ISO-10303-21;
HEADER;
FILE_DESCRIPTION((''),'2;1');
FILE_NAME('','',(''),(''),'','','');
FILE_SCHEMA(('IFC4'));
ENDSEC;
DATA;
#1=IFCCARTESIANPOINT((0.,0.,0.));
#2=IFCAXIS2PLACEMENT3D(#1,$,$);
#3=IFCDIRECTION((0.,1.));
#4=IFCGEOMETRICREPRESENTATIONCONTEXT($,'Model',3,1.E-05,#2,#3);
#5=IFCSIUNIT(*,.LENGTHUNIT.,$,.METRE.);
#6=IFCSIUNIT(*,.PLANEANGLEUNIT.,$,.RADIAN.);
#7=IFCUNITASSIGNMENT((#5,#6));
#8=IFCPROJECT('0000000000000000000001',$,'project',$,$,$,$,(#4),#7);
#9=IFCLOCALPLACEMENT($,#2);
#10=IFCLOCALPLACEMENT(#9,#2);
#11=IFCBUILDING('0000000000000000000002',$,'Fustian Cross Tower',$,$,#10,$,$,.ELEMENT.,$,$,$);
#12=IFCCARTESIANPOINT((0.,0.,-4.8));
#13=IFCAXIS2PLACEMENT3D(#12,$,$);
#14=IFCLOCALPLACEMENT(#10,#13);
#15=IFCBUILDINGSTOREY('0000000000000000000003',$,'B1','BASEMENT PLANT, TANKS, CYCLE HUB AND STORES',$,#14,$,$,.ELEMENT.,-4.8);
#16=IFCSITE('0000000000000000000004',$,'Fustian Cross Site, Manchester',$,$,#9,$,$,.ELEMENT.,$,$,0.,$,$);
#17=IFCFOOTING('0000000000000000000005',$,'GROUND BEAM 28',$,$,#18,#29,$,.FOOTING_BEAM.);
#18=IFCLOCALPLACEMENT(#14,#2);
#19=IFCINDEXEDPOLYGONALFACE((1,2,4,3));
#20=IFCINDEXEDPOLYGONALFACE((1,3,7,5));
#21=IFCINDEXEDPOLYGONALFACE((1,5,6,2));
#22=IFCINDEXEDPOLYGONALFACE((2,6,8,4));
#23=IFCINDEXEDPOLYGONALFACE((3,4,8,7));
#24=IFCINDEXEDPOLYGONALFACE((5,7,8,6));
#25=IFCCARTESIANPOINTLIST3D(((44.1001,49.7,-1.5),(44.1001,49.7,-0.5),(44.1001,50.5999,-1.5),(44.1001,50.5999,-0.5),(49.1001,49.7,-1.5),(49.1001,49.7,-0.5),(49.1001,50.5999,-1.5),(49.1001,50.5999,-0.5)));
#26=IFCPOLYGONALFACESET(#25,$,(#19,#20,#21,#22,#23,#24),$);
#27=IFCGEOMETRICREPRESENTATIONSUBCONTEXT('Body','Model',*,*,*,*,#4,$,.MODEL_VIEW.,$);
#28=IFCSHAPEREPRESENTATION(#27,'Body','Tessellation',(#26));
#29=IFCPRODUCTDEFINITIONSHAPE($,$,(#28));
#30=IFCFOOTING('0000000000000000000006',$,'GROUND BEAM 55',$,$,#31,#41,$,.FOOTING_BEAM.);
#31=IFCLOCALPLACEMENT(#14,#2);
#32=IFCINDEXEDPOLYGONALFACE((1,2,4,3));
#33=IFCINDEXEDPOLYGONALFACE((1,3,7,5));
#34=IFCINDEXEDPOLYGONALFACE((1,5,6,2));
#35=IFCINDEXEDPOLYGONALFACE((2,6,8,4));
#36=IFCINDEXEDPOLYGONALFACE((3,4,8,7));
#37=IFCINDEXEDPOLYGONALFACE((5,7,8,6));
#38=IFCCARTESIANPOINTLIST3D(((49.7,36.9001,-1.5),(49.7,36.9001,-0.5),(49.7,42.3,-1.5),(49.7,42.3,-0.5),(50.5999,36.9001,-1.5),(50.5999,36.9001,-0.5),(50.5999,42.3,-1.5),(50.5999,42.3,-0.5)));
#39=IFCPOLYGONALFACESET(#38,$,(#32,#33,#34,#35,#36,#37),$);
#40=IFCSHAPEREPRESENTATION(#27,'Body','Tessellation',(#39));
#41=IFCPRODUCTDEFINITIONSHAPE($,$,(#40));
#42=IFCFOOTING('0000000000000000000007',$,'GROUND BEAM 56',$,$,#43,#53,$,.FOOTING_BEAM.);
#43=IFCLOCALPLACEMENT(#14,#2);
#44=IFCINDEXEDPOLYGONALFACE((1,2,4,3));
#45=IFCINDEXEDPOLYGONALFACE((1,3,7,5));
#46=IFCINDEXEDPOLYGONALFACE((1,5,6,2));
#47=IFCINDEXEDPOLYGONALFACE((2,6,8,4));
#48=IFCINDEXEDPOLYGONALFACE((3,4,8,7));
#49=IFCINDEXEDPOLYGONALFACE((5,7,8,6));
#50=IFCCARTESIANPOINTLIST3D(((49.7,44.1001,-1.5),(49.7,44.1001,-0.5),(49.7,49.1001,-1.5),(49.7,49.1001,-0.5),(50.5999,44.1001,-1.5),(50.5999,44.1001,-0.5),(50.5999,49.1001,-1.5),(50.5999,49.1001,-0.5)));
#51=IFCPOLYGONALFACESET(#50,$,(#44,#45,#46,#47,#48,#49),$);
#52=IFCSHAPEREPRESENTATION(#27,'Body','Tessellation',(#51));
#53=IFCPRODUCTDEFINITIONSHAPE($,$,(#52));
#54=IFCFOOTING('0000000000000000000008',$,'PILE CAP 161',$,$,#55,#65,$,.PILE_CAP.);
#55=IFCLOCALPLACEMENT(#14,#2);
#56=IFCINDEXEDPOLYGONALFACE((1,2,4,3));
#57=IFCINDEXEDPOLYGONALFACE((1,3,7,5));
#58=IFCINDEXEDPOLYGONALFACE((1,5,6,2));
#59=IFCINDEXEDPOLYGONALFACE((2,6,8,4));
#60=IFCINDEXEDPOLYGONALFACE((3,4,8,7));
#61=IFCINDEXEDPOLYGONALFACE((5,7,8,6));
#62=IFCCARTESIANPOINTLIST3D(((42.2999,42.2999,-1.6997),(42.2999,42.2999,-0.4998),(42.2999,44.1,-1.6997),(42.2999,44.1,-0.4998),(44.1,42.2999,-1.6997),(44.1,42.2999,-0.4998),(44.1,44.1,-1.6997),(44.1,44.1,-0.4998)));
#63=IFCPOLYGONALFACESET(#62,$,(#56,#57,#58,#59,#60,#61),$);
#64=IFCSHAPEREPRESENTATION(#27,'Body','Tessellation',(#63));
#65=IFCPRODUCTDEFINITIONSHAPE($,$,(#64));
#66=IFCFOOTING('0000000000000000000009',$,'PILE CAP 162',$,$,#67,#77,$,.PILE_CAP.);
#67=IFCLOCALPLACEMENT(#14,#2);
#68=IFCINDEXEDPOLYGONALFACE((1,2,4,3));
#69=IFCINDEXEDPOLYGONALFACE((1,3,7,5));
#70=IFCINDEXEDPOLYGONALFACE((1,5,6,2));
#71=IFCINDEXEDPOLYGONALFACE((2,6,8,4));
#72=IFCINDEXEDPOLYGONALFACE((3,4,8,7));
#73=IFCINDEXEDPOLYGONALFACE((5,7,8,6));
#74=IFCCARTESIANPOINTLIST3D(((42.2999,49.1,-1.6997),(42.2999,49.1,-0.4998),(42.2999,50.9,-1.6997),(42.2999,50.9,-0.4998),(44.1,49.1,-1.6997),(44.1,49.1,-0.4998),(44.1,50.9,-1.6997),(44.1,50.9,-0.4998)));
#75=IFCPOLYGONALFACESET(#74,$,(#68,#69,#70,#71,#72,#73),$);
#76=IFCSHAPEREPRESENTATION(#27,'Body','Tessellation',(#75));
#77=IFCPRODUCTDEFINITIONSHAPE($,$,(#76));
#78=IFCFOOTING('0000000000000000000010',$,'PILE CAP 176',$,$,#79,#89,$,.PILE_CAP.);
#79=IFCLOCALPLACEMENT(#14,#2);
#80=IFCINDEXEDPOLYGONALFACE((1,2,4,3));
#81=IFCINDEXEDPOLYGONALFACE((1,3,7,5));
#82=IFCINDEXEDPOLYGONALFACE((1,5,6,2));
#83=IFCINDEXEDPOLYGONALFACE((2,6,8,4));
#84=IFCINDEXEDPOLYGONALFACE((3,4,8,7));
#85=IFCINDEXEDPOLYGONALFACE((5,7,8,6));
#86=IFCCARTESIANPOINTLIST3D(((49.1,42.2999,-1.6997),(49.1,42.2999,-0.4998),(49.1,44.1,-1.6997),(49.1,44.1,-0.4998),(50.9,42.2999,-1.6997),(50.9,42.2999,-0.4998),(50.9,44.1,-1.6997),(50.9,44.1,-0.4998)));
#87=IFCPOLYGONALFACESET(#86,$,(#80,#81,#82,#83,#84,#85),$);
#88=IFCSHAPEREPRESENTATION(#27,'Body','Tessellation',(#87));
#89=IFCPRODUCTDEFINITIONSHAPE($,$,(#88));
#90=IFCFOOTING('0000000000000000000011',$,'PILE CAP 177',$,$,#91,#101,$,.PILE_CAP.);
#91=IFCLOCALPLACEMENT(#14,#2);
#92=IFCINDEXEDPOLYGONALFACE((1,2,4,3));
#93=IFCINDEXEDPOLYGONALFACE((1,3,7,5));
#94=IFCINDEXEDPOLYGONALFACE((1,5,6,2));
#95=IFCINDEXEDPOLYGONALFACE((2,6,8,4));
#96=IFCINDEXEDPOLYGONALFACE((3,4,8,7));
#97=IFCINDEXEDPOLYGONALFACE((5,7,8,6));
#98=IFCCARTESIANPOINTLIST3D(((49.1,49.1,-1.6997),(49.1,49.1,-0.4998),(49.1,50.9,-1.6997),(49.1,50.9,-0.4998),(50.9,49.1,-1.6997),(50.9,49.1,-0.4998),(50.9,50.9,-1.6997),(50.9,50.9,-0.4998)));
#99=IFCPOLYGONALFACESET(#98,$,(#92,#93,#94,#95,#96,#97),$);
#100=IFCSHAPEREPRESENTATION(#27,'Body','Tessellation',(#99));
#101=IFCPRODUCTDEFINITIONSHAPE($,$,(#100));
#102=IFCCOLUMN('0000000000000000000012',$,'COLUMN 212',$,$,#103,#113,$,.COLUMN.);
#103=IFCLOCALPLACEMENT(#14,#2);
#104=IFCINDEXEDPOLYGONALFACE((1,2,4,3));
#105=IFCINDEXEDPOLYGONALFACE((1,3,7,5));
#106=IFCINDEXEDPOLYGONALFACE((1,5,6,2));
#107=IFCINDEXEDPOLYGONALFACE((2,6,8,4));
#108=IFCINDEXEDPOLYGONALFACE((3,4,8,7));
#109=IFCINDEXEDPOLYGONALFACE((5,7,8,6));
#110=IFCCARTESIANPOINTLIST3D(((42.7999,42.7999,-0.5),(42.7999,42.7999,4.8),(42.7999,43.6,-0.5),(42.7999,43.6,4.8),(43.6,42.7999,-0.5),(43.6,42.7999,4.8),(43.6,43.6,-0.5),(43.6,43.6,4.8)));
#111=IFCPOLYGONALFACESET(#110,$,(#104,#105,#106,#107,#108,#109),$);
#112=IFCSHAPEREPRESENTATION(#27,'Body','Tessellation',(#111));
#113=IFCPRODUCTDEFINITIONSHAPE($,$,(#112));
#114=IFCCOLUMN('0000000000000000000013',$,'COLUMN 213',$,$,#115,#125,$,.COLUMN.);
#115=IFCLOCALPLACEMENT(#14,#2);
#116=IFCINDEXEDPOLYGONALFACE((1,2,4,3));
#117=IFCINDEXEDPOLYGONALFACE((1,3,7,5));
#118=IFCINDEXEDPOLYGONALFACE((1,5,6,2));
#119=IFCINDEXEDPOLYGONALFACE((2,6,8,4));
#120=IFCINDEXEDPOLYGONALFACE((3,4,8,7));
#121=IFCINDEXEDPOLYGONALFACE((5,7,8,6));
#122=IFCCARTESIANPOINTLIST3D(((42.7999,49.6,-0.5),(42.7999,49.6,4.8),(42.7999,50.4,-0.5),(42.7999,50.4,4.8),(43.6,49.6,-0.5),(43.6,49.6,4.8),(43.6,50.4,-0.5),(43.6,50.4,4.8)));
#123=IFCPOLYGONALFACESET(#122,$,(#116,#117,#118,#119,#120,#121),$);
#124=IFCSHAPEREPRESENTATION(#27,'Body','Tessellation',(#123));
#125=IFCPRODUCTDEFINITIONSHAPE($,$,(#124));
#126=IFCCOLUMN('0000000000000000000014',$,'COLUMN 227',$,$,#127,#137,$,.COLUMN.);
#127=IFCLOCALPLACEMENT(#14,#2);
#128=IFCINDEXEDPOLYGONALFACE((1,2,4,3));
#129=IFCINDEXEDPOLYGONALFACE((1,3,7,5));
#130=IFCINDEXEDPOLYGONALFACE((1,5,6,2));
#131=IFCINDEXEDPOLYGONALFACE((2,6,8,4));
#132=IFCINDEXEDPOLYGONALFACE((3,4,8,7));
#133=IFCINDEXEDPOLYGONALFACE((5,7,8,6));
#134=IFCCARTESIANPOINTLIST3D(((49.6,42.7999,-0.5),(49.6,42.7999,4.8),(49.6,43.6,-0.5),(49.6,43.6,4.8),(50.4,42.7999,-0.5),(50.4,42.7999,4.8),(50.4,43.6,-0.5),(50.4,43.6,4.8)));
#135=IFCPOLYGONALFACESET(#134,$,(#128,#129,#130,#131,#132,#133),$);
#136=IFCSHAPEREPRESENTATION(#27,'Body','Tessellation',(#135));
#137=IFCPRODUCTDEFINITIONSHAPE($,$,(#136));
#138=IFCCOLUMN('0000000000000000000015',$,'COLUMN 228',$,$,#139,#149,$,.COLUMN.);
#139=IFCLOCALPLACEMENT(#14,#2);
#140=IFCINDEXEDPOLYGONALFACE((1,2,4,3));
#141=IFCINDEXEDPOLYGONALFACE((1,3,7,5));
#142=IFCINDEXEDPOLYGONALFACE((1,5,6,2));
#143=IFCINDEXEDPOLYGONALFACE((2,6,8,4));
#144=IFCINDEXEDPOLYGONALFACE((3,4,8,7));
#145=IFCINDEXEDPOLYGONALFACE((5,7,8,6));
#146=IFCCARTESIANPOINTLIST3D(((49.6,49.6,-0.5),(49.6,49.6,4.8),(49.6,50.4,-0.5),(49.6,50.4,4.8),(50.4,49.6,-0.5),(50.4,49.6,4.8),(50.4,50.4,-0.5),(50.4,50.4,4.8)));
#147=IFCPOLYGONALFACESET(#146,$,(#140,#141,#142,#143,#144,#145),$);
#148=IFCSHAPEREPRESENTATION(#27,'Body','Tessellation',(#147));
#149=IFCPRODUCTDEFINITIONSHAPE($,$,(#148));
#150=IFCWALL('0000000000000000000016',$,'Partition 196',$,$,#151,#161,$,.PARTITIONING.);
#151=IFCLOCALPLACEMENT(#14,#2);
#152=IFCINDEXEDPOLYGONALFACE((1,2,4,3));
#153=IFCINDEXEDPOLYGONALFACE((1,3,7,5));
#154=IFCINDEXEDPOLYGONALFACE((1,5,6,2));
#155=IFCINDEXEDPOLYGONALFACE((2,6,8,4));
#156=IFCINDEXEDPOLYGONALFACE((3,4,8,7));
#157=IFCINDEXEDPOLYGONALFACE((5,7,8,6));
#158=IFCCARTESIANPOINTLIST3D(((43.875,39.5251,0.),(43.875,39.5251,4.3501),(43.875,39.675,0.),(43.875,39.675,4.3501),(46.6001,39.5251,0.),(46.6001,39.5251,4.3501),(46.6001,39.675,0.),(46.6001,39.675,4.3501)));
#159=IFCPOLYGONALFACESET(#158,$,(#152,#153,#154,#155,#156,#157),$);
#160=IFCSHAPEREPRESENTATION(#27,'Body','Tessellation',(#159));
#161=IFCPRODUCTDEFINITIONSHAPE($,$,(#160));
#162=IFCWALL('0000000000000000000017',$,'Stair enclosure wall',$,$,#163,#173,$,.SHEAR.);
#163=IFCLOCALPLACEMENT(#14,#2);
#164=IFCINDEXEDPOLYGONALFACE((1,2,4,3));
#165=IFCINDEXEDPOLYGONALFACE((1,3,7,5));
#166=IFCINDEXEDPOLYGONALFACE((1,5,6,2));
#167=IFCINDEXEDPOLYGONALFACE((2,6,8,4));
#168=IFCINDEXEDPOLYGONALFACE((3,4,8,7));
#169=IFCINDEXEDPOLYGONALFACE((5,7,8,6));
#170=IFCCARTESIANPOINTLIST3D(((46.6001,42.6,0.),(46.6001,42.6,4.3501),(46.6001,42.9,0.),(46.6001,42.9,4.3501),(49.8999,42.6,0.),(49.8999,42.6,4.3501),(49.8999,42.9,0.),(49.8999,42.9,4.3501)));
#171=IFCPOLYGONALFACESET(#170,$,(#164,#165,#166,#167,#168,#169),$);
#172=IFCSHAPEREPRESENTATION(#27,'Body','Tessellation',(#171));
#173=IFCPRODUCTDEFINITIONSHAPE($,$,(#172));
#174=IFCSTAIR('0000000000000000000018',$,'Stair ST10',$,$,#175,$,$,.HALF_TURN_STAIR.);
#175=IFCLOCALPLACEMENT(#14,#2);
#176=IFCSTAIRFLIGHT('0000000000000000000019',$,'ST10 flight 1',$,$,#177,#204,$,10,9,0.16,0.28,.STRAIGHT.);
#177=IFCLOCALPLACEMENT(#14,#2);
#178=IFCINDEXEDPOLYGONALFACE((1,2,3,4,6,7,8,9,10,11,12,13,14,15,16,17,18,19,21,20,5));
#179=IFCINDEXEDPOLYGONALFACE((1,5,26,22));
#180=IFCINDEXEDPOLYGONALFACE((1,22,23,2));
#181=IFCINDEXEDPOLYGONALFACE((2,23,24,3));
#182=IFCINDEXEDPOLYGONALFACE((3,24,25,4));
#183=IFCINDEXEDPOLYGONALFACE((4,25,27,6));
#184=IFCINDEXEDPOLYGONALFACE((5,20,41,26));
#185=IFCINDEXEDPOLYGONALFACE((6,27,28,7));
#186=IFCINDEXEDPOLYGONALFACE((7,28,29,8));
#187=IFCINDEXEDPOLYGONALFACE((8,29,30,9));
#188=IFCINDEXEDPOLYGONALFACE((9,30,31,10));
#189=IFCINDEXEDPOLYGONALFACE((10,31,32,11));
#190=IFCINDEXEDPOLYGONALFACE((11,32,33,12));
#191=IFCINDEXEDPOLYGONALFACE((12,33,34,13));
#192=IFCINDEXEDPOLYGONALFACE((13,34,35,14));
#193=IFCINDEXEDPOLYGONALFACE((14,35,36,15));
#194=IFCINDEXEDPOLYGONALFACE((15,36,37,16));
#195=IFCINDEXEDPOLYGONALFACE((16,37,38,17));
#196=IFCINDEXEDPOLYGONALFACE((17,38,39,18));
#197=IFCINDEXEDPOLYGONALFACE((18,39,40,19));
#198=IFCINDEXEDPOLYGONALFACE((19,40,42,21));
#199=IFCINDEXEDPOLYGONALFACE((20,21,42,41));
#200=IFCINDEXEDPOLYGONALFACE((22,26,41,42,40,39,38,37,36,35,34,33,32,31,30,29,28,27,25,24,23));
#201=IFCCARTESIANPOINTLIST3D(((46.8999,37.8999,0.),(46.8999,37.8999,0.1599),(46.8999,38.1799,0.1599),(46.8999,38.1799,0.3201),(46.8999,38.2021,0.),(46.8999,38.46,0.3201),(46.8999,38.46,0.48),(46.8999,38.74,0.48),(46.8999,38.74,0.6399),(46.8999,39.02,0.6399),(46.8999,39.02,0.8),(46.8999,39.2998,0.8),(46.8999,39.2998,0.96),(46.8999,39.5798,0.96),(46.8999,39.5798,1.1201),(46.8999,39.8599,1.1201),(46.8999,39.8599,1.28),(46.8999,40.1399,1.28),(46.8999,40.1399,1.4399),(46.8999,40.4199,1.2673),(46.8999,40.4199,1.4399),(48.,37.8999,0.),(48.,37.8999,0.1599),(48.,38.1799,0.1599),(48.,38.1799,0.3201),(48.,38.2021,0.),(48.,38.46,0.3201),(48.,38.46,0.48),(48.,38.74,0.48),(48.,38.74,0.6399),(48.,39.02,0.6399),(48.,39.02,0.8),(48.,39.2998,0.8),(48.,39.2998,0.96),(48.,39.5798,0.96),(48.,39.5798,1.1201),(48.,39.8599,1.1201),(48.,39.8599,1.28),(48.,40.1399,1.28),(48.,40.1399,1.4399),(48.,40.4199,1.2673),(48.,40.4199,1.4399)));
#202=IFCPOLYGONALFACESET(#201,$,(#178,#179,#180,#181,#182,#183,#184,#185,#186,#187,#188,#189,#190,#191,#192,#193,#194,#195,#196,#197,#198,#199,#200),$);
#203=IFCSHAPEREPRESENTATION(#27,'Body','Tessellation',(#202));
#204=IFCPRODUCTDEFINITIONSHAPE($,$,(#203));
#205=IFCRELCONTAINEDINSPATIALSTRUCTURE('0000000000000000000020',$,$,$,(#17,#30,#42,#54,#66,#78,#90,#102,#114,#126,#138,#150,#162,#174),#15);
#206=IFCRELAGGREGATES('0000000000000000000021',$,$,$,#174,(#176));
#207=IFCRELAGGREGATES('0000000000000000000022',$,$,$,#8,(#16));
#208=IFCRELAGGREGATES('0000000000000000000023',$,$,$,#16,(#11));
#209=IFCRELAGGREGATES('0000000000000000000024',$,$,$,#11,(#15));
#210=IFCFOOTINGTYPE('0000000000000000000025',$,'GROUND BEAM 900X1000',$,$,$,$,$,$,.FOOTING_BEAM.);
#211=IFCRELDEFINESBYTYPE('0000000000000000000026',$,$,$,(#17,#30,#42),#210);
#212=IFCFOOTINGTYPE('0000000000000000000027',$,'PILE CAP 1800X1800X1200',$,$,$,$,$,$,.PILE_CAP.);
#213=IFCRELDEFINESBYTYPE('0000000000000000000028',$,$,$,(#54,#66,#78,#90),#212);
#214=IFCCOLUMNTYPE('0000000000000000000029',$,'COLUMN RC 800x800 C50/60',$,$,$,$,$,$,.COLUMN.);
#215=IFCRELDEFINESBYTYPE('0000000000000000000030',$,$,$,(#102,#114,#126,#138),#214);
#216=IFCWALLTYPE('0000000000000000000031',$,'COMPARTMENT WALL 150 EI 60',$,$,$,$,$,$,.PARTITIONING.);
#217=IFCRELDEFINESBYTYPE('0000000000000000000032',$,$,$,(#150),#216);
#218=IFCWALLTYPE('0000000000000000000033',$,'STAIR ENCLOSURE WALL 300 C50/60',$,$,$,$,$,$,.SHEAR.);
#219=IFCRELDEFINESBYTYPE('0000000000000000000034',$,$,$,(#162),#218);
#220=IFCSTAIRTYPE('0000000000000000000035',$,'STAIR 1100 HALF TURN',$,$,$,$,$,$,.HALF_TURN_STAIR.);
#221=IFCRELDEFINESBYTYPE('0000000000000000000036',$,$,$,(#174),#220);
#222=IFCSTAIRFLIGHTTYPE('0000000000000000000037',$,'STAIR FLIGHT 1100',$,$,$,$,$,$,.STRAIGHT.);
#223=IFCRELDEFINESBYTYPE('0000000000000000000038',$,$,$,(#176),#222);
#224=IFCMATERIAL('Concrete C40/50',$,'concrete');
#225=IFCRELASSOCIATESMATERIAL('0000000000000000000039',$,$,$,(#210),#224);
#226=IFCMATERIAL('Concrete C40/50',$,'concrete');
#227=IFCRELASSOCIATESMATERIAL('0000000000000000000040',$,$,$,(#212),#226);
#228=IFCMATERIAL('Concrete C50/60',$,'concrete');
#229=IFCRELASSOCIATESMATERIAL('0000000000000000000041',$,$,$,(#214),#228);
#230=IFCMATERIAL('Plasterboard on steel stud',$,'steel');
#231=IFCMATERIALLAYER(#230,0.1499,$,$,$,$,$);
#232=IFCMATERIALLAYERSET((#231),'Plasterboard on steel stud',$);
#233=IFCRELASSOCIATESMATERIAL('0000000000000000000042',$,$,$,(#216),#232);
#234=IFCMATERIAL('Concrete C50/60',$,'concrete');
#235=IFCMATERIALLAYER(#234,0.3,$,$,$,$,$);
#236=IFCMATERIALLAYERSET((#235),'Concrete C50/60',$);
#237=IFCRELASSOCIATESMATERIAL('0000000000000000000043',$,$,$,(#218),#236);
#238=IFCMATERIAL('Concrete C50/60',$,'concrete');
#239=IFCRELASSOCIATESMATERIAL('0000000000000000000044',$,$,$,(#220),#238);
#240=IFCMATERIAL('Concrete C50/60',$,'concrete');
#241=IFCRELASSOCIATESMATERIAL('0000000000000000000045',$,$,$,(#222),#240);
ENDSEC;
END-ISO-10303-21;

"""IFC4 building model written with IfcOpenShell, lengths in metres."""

from ifc_helpers import new_model, si_unit, direction, frame, frame_2d, origin, origin_2d, place, context, subcontext, project, spatial, polyline, rectangle, outline, extrude, material, layer, layer_set, material_profile, profile_set, type_object, element, aggregate, save


model = new_model("IFC4")

# Units and contexts
model_context = context("Model", 3, precision=1e-05, world=origin(), true_north=direction((0.0, 1.0)))
body_context = subcontext(model_context, "Body", "Model", "MODEL_VIEW")
ifc_project = project(units=[si_unit("LENGTHUNIT", "METRE"), si_unit("PLANEANGLEUNIT", "RADIAN")], contexts=[model_context])

# Site, building, storey
site_placement = place(None, origin())
site = spatial("IfcSite", under=ifc_project, at=site_placement, Name="Fustian Cross Site, Manchester", CompositionType="ELEMENT", RefElevation=0.0)
building_placement = place(site_placement, origin())
building = spatial("IfcBuilding", under=site, at=building_placement, Name="Fustian Cross Tower", CompositionType="ELEMENT")
storey_placement = place(building_placement, frame((0.0, 0.0, -4.8)))
storey = spatial("IfcBuildingStorey", under=building, at=storey_placement, Name="B1", Description="BASEMENT PLANT, TANKS, CYCLE HUB AND STORES", CompositionType="ELEMENT", Elevation=-4.8)

# Footings
ifc_material_1 = material(Name="Concrete C40/50", Category="concrete")
footing_type_1 = type_object("IfcFootingType", Name="GROUND BEAM 900X1000", PredefinedType="FOOTING_BEAM", material=ifc_material_1)
footing_1_placement = place(storey_placement, frame((46.6001, 50.1499, -1.5), z_axis=(0.0, 0.0, 1.0), x_axis=(1.0, 0.0, 0.0)))
element("IfcFooting", 1, at=footing_1_placement, inside=storey, type_object=footing_type_1, Name="GROUND BEAM 28", PredefinedType="FOOTING_BEAM", context=body_context, shape_type="SweptSolid", body=[
    extrude(rectangle(XDim=5.0, YDim=0.8999, at=origin_2d()), origin(), (0.0, 0.0, 1.0), 1.0),
])
footing_2_placement = place(storey_placement, frame((50.1499, 39.6001, -1.5), z_axis=(0.0, 0.0, 1.0), x_axis=(1.0, 0.0, 0.0)))
element("IfcFooting", 2, at=footing_2_placement, inside=storey, type_object=footing_type_1, Name="GROUND BEAM 55", PredefinedType="FOOTING_BEAM", context=body_context, shape_type="SweptSolid", body=[
    extrude(rectangle(XDim=0.8999, YDim=5.3999, at=origin_2d()), origin(), (0.0, 0.0, 1.0), 1.0),
])
footing_3_placement = place(storey_placement, frame((50.1499, 46.6001, -1.5), z_axis=(0.0, 0.0, 1.0), x_axis=(1.0, 0.0, 0.0)))
element("IfcFooting", 3, at=footing_3_placement, inside=storey, type_object=footing_type_1, Name="GROUND BEAM 56", PredefinedType="FOOTING_BEAM", context=body_context, shape_type="SweptSolid", body=[
    extrude(rectangle(XDim=0.8999, YDim=5.0, at=origin_2d()), origin(), (0.0, 0.0, 1.0), 1.0),
])
ifc_material_2 = material(Name="Concrete C40/50", Category="concrete")
footing_type_2 = type_object("IfcFootingType", Name="PILE CAP 1800X1800X1200", PredefinedType="PILE_CAP", material=ifc_material_2)
for number, where, z_axis, x_axis, name in (
    (4, (43.2, 43.2, -1.6997), (0.0, 0.0, 1.0), (1.0, 0.0, 0.0), "PILE CAP 161"),
    (5, (43.2, 50.0, -1.6997), (0.0, 0.0, 1.0), (1.0, 0.0, 0.0), "PILE CAP 162"),
    (6, (50.0, 43.2, -1.6997), (0.0, 0.0, 1.0), (1.0, 0.0, 0.0), "PILE CAP 176"),
    (7, (50.0, 50.0, -1.6997), (0.0, 0.0, 1.0), (1.0, 0.0, 0.0), "PILE CAP 177"),
):
    element("IfcFooting", number, at=place(storey_placement, frame(where, z_axis=z_axis, x_axis=x_axis)), inside=storey, type_object=footing_type_2, Name=name, PredefinedType="PILE_CAP", context=body_context, shape_type="SweptSolid", body=[
        extrude(rectangle(XDim=1.8, YDim=1.8, at=origin_2d()), origin(), (0.0, 0.0, 1.0), 1.2),
    ])

# Columns
ifc_material_3 = material(Name="Concrete C50/60", Category="concrete")
ifc_material_profile_1 = material_profile(ifc_material_3, rectangle(XDim=0.8, YDim=0.8, at=origin_2d()), Name="RC 800x800")
ifc_profile_set_1 = profile_set([ifc_material_profile_1], Name="Concrete C50/60")
column_type = type_object("IfcColumnType", Name="COLUMN RC 800x800 C50/60", PredefinedType="COLUMN", material=ifc_profile_set_1)
for number, where, z_axis, x_axis, name in (
    (8, (43.2, 43.2, -0.5), (0.0, 0.0, 1.0), (1.0, 0.0, 0.0), "COLUMN 212"),
    (9, (43.2, 50.0, -0.5), (0.0, 0.0, 1.0), (1.0, 0.0, 0.0), "COLUMN 213"),
    (10, (50.0, 43.2, -0.5), (0.0, 0.0, 1.0), (1.0, 0.0, 0.0), "COLUMN 227"),
    (11, (50.0, 50.0, -0.5), (0.0, 0.0, 1.0), (1.0, 0.0, 0.0), "COLUMN 228"),
):
    element("IfcColumn", number, at=place(storey_placement, frame(where, z_axis=z_axis, x_axis=x_axis)), inside=storey, type_object=column_type, Name=name, PredefinedType="COLUMN", context=body_context, shape_type="SweptSolid", body=[
        extrude(rectangle(XDim=0.8, YDim=0.8, at=origin_2d()), origin(), (0.0, 0.0, 1.0), 5.3),
    ])

# Walls
ifc_material_4 = material(Name="Plasterboard on steel stud", Category="steel")
ifc_layer_1 = layer(ifc_material_4, 0.1499)
ifc_layer_set_1 = layer_set([ifc_layer_1], Name="Plasterboard on steel stud")
wall_type_1 = type_object("IfcWallType", Name="COMPARTMENT WALL 150 EI 60", PredefinedType="PARTITIONING", material=ifc_layer_set_1)
wall_1_placement = place(storey_placement, frame((43.875, 39.6001, 0.0), z_axis=(0.0, 0.0, 1.0), x_axis=(1.0, 0.0, 0.0)))
element("IfcWall", 12, at=wall_1_placement, inside=storey, type_object=wall_type_1, Name="Partition 196", PredefinedType="PARTITIONING", context=body_context, shape_type="SweptSolid", body=[
    extrude(rectangle(XDim=2.7251, YDim=0.1499, at=frame_2d((1.3625, 0.0))), origin(), (0.0, 0.0, 1.0), 4.3501),
])
ifc_material_5 = material(Name="Concrete C50/60", Category="concrete")
ifc_layer_2 = layer(ifc_material_5, 0.3)
ifc_layer_set_2 = layer_set([ifc_layer_2], Name="Concrete C50/60")
wall_type_2 = type_object("IfcWallType", Name="STAIR ENCLOSURE WALL 300 C50/60", PredefinedType="SHEAR", material=ifc_layer_set_2)
wall_2_placement = place(storey_placement, frame((46.6001, 42.75, 0.0), z_axis=(0.0, 0.0, 1.0), x_axis=(1.0, 0.0, 0.0)))
element("IfcWall", 13, at=wall_2_placement, inside=storey, type_object=wall_type_2, Name="Stair enclosure wall", PredefinedType="SHEAR", context=body_context, shape_type="SweptSolid", body=[
    extrude(rectangle(XDim=3.2998, YDim=0.3, at=frame_2d((1.6499, 0.0))), origin(), (0.0, 0.0, 1.0), 4.3501),
])

# Stair, stair flight
ifc_material_6 = material(Name="Concrete C50/60", Category="concrete")
stair_type = type_object("IfcStairType", Name="STAIR 1100 HALF TURN", PredefinedType="HALF_TURN_STAIR", material=ifc_material_6)
stair_placement = place(storey_placement, origin())
stair = element("IfcStair", 14, at=stair_placement, inside=storey, type_object=stair_type, Name="Stair ST10", PredefinedType="HALF_TURN_STAIR")
ifc_material_7 = material(Name="Concrete C50/60", Category="concrete")
stair_flight_type = type_object("IfcStairFlightType", Name="STAIR FLIGHT 1100", PredefinedType="STRAIGHT", material=ifc_material_7)
stair_flight_1_placement = place(storey_placement, frame((47.45, 37.8999, 0.0), z_axis=(0.0, 0.0, 1.0), x_axis=(0.0, 1.0, 0.0)))
stair_flight_1 = element("IfcStairFlight", 15, at=stair_flight_1_placement, type_object=stair_flight_type, Name="ST10 flight 1", NumberOfRisers=10, NumberOfTreads=9, PredefinedType="STRAIGHT", RiserHeight=0.16, TreadLength=0.28, context=body_context, shape_type="SweptSolid", body=[
    extrude(outline(polyline([(0.0, 0.0), (0.0, 0.1599), (0.28, 0.1599), (0.28, 0.3201), (0.5601, 0.3201), (0.5601, 0.48), (0.8401, 0.48), (0.8401, 0.6399), (1.1201, 0.6399), (1.1201, 0.8), (1.3999, 0.8), (1.3999, 0.96), (1.6799, 0.96), (1.6799, 1.1201), (1.96, 1.1201), (1.96, 1.28), (2.24, 1.28), (2.24, 1.4399), (2.52, 1.4399), (2.52, 1.6001), (2.52, 1.2673), (0.3022, 0.0), (0.0, 0.0)])), frame((0.0, 0.55, 0.0), z_axis=(0.0, -1.0, 0.0), x_axis=(1.0, 0.0, 0.0)), (0.0, 0.0, 1.0), 1.1001),
])
aggregate(stair, [stair_flight_1])

save(model, "model.ifc")
